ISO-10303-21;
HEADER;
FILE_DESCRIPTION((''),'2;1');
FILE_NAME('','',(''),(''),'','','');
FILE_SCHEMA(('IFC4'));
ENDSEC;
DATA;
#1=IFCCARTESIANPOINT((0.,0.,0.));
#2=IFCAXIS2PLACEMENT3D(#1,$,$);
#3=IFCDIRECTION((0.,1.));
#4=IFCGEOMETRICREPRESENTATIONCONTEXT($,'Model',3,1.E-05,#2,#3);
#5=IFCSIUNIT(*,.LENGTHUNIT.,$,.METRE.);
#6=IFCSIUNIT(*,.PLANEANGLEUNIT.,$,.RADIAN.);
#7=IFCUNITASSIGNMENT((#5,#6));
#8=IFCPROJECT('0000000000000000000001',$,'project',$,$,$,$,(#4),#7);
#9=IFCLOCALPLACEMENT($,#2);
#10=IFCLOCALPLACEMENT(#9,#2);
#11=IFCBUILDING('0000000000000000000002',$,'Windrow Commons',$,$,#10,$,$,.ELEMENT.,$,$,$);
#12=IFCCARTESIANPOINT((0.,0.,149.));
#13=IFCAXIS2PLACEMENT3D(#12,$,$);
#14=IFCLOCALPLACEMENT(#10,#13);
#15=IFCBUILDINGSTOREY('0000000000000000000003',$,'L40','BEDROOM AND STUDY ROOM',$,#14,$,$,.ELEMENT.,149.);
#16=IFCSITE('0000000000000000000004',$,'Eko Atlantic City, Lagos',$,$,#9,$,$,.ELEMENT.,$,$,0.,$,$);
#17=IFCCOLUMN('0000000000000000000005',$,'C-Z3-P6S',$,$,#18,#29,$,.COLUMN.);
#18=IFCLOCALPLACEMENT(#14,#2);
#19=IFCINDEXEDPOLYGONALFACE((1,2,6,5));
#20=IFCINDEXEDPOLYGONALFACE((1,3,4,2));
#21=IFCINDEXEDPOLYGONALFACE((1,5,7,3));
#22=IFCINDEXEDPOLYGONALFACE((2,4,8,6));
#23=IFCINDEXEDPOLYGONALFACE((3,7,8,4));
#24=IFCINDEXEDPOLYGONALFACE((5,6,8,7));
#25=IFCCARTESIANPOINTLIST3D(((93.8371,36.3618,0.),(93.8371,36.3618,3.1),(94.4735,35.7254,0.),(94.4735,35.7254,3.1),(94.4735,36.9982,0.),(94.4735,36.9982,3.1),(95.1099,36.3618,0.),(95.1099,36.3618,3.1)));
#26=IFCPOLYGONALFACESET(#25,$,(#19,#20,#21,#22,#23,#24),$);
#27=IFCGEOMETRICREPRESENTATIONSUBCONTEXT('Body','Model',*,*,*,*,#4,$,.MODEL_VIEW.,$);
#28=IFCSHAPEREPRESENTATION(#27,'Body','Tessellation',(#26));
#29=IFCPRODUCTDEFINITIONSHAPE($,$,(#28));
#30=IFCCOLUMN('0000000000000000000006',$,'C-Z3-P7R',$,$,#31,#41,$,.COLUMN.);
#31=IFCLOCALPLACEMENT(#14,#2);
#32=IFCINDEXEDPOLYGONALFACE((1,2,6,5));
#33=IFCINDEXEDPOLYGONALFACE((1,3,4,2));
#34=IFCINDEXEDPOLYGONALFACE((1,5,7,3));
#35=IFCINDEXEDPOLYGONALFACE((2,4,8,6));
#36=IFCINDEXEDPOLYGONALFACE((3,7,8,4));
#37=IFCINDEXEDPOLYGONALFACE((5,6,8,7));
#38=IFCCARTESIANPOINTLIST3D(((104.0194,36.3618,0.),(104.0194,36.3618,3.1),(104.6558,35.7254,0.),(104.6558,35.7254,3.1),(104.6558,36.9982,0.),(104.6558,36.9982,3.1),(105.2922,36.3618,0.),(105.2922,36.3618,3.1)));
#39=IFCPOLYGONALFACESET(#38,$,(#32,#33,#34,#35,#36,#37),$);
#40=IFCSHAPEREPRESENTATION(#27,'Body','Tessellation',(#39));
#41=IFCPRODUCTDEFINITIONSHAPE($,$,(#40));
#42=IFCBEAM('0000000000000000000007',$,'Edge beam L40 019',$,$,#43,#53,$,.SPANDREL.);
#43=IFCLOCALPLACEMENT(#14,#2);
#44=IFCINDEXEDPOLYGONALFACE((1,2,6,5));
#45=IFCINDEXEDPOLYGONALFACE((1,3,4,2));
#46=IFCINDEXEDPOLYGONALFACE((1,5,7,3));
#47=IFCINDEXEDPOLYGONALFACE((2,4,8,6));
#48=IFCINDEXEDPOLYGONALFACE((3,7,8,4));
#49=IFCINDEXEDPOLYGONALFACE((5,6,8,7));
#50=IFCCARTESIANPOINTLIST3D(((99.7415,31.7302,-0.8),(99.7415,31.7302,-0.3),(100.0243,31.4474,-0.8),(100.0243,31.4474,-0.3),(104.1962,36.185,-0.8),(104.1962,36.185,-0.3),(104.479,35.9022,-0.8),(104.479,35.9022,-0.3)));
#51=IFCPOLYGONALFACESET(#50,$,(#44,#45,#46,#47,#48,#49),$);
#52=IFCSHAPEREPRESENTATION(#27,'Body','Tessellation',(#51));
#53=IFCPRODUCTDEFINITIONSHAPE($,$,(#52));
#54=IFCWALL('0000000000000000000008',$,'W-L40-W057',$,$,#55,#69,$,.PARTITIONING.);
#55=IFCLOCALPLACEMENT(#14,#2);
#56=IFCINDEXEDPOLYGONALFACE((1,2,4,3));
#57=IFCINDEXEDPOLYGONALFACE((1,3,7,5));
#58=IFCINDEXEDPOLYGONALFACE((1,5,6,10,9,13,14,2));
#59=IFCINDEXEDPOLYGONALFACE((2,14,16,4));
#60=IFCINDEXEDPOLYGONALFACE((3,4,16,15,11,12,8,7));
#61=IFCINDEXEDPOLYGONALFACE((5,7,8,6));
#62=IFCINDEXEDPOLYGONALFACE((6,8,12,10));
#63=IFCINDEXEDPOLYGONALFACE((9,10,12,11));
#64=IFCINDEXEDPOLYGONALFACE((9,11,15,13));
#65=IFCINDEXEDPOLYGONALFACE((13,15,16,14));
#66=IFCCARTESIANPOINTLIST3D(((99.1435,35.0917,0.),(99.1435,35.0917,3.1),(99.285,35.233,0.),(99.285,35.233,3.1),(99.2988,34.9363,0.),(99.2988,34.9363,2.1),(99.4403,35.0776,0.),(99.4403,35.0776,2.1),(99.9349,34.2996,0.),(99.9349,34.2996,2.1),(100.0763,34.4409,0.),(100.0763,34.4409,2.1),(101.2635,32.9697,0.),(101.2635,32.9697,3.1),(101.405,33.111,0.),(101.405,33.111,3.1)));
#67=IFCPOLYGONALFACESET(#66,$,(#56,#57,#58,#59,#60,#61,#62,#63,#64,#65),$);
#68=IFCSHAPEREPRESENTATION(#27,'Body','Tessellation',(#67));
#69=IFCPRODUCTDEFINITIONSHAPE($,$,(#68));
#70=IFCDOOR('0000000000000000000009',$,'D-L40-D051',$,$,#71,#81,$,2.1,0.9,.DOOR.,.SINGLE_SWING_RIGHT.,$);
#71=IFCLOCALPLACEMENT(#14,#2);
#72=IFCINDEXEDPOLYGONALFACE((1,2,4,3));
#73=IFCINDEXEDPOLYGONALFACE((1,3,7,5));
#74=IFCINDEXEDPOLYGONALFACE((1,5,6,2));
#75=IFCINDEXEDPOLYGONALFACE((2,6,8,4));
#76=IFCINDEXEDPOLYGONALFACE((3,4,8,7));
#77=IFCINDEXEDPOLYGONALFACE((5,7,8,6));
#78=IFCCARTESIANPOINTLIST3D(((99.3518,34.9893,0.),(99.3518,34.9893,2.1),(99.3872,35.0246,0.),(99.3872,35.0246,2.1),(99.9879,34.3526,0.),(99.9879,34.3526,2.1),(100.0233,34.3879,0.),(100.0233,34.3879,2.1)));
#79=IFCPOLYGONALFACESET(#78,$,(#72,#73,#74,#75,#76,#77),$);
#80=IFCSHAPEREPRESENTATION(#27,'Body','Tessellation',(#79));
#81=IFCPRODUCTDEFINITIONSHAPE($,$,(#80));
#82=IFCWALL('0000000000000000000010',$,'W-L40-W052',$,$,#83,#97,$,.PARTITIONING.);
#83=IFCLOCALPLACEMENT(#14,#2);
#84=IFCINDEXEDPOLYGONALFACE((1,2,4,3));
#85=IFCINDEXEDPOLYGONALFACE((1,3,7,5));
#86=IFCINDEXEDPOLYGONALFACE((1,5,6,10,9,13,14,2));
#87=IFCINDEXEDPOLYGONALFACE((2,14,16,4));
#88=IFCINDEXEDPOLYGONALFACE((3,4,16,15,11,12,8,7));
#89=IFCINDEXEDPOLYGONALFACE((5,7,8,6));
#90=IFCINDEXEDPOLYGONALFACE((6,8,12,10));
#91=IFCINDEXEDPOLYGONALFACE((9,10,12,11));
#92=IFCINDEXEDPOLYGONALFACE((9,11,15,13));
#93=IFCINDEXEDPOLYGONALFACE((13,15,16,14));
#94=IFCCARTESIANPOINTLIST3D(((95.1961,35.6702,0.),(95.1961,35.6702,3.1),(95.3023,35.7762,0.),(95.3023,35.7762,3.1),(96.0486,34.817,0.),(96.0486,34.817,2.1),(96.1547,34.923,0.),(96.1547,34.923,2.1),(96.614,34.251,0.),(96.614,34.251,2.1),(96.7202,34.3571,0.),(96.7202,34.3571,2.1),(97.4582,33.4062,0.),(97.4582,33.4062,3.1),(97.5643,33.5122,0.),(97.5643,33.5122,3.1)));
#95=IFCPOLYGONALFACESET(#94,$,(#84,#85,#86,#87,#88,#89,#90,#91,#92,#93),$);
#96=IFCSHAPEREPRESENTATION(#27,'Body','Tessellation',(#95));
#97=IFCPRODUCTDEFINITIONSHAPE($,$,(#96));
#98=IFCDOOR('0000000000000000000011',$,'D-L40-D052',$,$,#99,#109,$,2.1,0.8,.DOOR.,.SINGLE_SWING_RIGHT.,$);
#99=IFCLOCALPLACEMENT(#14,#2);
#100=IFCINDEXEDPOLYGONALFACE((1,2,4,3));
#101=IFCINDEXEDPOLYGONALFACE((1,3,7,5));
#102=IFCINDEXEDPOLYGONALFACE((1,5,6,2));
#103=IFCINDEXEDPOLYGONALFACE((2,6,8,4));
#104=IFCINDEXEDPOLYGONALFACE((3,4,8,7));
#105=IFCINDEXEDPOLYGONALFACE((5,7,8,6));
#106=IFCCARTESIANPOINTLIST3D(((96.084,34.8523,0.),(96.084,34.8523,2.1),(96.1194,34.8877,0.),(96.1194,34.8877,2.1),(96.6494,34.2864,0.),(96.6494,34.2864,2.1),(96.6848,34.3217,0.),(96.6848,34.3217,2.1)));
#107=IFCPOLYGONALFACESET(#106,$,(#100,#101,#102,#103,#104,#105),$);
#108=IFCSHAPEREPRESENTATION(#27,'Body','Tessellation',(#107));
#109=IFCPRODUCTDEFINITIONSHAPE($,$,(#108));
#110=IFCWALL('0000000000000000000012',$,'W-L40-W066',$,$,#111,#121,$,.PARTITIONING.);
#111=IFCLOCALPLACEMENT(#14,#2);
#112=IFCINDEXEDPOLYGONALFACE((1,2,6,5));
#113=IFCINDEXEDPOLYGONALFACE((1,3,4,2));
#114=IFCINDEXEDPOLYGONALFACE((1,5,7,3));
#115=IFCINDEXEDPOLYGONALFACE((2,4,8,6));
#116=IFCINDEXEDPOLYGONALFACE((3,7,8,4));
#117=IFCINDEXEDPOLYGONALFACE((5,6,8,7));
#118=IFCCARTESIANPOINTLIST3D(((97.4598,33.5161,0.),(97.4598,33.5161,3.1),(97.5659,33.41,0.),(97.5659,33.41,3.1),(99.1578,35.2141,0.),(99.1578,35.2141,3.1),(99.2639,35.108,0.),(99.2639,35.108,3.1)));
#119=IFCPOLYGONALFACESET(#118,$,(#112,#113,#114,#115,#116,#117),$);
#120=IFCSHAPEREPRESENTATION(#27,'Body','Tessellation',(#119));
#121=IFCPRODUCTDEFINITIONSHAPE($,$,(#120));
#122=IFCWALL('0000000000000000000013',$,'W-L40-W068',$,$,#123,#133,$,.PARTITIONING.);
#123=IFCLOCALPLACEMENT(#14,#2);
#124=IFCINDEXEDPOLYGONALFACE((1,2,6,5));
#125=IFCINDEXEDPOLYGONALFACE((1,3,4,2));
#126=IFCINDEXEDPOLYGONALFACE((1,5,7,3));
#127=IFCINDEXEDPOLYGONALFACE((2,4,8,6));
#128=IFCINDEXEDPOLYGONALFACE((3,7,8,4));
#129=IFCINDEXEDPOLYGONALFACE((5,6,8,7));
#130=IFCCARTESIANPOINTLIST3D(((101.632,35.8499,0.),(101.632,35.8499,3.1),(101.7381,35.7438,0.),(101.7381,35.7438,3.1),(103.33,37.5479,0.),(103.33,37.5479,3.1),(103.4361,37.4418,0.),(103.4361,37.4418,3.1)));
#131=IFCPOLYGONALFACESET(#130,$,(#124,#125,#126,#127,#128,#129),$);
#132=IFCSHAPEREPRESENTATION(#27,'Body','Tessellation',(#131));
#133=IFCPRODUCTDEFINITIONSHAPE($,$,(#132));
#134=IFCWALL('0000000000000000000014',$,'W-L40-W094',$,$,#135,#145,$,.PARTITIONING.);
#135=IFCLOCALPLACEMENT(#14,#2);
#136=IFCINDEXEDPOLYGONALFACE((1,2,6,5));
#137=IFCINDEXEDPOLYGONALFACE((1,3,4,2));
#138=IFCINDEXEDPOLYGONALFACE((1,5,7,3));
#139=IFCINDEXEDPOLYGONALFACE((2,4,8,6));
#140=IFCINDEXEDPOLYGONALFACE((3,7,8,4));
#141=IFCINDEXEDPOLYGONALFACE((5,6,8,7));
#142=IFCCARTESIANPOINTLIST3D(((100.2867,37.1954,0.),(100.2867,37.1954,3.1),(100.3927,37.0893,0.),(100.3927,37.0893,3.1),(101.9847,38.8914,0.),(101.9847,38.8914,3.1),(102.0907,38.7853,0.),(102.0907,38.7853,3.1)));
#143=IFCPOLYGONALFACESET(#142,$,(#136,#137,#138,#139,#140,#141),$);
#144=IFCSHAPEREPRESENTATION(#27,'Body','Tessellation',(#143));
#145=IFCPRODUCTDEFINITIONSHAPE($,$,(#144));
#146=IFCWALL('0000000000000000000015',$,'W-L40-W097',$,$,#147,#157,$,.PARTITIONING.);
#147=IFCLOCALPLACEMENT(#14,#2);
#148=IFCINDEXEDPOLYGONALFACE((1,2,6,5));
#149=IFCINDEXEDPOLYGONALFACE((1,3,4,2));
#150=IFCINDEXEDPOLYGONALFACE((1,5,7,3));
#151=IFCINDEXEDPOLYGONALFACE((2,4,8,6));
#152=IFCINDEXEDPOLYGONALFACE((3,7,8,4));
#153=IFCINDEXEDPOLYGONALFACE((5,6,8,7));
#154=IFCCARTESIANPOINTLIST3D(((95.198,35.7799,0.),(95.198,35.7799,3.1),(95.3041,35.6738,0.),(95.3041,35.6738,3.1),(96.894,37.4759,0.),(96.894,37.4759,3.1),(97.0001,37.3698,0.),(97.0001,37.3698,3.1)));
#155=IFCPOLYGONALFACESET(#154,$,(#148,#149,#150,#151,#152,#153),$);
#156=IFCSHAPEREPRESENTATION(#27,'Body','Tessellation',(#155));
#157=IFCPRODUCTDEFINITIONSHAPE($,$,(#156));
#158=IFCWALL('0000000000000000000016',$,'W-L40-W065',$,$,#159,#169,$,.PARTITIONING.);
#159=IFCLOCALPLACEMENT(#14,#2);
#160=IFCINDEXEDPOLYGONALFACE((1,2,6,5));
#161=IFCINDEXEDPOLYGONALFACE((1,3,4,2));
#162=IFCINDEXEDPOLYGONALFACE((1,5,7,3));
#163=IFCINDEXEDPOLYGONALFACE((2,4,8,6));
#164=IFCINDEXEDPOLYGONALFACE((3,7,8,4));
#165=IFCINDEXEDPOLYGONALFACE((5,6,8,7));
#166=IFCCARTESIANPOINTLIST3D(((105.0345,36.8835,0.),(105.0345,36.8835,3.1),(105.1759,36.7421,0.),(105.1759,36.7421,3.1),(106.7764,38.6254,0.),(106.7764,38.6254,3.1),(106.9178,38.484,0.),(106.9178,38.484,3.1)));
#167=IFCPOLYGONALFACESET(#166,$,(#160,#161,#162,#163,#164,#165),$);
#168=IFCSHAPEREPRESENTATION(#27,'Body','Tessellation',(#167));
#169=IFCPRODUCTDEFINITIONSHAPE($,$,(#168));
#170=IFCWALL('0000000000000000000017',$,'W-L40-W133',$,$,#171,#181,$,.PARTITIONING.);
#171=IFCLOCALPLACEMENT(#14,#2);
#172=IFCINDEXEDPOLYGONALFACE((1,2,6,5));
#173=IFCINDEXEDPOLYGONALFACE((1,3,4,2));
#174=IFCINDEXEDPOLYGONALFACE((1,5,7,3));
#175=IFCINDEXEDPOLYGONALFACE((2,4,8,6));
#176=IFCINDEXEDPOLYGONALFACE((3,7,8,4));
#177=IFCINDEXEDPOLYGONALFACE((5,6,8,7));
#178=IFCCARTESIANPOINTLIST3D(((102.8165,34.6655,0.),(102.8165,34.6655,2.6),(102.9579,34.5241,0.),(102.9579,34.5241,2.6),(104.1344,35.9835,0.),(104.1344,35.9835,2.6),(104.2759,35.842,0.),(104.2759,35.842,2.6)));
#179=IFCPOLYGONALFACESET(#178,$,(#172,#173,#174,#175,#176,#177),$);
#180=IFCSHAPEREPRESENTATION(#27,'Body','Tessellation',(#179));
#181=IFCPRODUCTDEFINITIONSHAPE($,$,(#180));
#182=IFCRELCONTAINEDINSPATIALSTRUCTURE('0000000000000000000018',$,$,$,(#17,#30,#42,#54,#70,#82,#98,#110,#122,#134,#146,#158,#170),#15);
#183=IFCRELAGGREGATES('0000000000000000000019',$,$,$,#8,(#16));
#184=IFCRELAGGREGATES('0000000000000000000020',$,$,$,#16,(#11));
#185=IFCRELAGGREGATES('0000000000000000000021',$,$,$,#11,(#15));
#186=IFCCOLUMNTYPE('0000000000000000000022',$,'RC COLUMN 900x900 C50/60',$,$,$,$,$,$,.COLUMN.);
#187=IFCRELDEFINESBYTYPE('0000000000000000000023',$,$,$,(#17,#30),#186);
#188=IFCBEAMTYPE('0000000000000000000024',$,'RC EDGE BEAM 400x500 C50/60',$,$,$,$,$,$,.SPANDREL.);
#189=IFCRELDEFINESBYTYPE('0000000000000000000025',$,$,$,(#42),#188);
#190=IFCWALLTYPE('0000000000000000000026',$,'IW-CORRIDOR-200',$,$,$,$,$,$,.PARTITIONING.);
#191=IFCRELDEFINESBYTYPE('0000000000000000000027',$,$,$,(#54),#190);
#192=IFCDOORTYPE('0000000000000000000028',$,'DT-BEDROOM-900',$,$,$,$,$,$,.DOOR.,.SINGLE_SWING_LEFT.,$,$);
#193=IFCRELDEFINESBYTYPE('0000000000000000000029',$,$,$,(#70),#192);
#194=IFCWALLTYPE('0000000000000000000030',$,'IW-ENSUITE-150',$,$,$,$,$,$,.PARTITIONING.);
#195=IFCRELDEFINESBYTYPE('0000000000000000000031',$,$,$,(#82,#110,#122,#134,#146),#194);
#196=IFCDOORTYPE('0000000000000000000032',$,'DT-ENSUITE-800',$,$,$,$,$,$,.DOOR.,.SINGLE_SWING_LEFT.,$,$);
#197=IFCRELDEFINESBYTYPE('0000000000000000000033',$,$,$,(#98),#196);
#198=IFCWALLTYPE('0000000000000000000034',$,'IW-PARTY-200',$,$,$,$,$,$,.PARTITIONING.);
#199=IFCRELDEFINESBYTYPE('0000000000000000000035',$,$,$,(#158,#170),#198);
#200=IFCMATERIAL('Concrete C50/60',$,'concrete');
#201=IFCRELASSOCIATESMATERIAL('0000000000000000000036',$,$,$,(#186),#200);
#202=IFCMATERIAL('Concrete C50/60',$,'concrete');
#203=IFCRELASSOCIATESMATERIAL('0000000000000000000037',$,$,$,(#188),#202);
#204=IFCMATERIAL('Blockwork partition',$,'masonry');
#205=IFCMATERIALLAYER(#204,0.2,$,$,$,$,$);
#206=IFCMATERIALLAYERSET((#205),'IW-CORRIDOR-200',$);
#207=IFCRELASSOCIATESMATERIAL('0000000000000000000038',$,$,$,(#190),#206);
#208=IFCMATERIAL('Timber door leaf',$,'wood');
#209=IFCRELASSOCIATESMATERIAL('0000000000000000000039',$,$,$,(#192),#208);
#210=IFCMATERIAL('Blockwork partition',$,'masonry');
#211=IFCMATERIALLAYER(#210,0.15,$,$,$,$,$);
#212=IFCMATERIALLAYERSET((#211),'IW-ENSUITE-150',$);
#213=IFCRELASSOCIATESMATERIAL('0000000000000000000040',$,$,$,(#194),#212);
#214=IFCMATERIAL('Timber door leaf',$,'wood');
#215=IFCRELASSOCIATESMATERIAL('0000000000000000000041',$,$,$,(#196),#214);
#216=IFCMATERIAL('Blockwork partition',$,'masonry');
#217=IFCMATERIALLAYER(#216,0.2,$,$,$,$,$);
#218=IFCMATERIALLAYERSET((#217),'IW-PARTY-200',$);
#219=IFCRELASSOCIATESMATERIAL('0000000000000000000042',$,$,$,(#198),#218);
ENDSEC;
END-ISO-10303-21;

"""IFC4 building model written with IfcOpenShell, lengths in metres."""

from ifc_helpers import new_model, si_unit, direction, frame, frame_2d, origin, origin_2d, place, context, subcontext, project, spatial, rectangle, extrude, material, layer, layer_set, material_profile, profile_set, type_object, element, fill, save


model = new_model("IFC4")

# Units and contexts
model_context = context("Model", 3, precision=1e-05, world=origin(), true_north=direction((0.0, 1.0)))
body_context = subcontext(model_context, "Body", "Model", "MODEL_VIEW")
ifc_project = project(units=[si_unit("LENGTHUNIT", "METRE"), si_unit("PLANEANGLEUNIT", "RADIAN")], contexts=[model_context])

# Site, building, storey
site_placement = place(None, origin())
site = spatial("IfcSite", under=ifc_project, at=site_placement, Name="Eko Atlantic City, Lagos", CompositionType="ELEMENT", RefElevation=0.0)
building_placement = place(site_placement, origin())
building = spatial("IfcBuilding", under=site, at=building_placement, Name="Windrow Commons", CompositionType="ELEMENT")
storey_placement = place(building_placement, frame((0.0, 0.0, 149.0)))
storey = spatial("IfcBuildingStorey", under=building, at=storey_placement, Name="L40", Description="BEDROOM AND STUDY ROOM", CompositionType="ELEMENT", Elevation=149.0)

# Columns
ifc_material_1 = material(Name="Concrete C50/60", Category="concrete")
ifc_material_profile_1 = material_profile(ifc_material_1, rectangle(XDim=0.9, YDim=0.9, at=origin_2d()))
ifc_profile_set_1 = profile_set([ifc_material_profile_1], Name="Concrete C50/60")
column_type = type_object("IfcColumnType", Name="RC COLUMN 900x900 C50/60", PredefinedType="COLUMN", material=ifc_profile_set_1)
for number, where, z_axis, x_axis, name in (
    (1, (94.4735, 36.3618, 0.0), (0.0, 0.0, 1.0), (0.707107, -0.707107, 0.0), "C-Z3-P6S"),
    (2, (104.6558, 36.3618, 0.0), (0.0, 0.0, 1.0), (0.707107, -0.707107, 0.0), "C-Z3-P7R"),
):
    element("IfcColumn", number, at=place(storey_placement, frame(where, z_axis=z_axis, x_axis=x_axis)), inside=storey, type_object=column_type, Name=name, PredefinedType="COLUMN", context=body_context, shape_type="SweptSolid", body=[
        extrude(rectangle(XDim=0.9, YDim=0.9, at=origin_2d()), origin(), (0.0, 0.0, 1.0), 3.1),
    ])

# Beam
ifc_material_2 = material(Name="Concrete C50/60", Category="concrete")
ifc_material_profile_2 = material_profile(ifc_material_2, rectangle(XDim=0.4, YDim=0.5, at=origin_2d()))
ifc_profile_set_2 = profile_set([ifc_material_profile_2], Name="Concrete C50/60")
beam_type = type_object("IfcBeamType", Name="RC EDGE BEAM 400x500 C50/60", PredefinedType="SPANDREL", material=ifc_profile_set_2)
beam_placement = place(storey_placement, frame((104.3376, 36.0436, -0.55), z_axis=(-0.707099, -0.707115, 0.0), x_axis=(0.707115, -0.707099, 0.0)))
element("IfcBeam", 3, at=beam_placement, inside=storey, type_object=beam_type, Name="Edge beam L40 019", PredefinedType="SPANDREL", context=body_context, shape_type="SweptSolid", body=[
    extrude(rectangle(XDim=0.4, YDim=0.5, at=origin_2d()), origin(), (0.0, 0.0, 1.0), 6.3),
])

# Walls, openings, doors
ifc_material_3 = material(Name="Blockwork partition", Category="masonry")
ifc_layer_1 = layer(ifc_material_3, 0.2)
ifc_layer_set_1 = layer_set([ifc_layer_1], Name="IW-CORRIDOR-200")
wall_type_1 = type_object("IfcWallType", Name="IW-CORRIDOR-200", PredefinedType="PARTITIONING", material=ifc_layer_set_1)
wall_1_placement = place(storey_placement, frame((99.2143, 35.1623, 0.0), z_axis=(0.0, 0.0, 1.0), x_axis=(0.706773, -0.70744, 0.0)))
wall_1 = element("IfcWall", 4, at=wall_1_placement, inside=storey, type_object=wall_type_1, Name="W-L40-W057", PredefinedType="PARTITIONING", context=body_context, shape_type="SweptSolid", body=[
    extrude(rectangle(XDim=2.9995, YDim=0.2, at=frame_2d((1.4997, 0.0))), origin(), (0.0, 0.0, 1.0), 3.1),
])
opening_1_placement = place(wall_1_placement, frame((0.2196, 0.0, 0.0)))
opening_1 = element("IfcOpeningElement", 5, at=opening_1_placement, cuts=wall_1, PredefinedType="OPENING", context=body_context, shape_type="SweptSolid", body=[
    extrude(rectangle(XDim=0.9, YDim=2.1, at=frame_2d((0.45, 1.05))), frame((0.0, 0.11, 0.0), z_axis=(0.0, -1.0, 0.0), x_axis=(1.0, 0.0, 0.0)), (0.0, 0.0, 1.0), 0.22),
])
ifc_material_4 = material(Name="Timber door leaf", Category="wood")
door_type_1 = type_object("IfcDoorType", Name="DT-BEDROOM-900", OperationType="SINGLE_SWING_LEFT", PredefinedType="DOOR", material=ifc_material_4)
door_1_placement = place(opening_1_placement, origin())
door_1 = element("IfcDoor", 6, at=door_1_placement, inside=storey, type_object=door_type_1, Name="D-L40-D051", OperationType="SINGLE_SWING_RIGHT", OverallHeight=2.1, OverallWidth=0.9, PredefinedType="DOOR", context=body_context, shape_type="SweptSolid", body=[
    extrude(rectangle(XDim=0.9, YDim=2.1, at=frame_2d((0.45, 1.05))), frame((0.0, 0.025, 0.0), z_axis=(0.0, -1.0, 0.0), x_axis=(1.0, 0.0, 0.0)), (0.0, 0.0, 1.0), 0.05),
])
fill(opening_1, door_1)
ifc_material_5 = material(Name="Blockwork partition", Category="masonry")
ifc_layer_2 = layer(ifc_material_5, 0.15)
ifc_layer_set_2 = layer_set([ifc_layer_2], Name="IW-ENSUITE-150")
wall_type_2 = type_object("IfcWallType", Name="IW-ENSUITE-150", PredefinedType="PARTITIONING", material=ifc_layer_set_2)
wall_2_placement = place(storey_placement, frame((95.2492, 35.7232, 0.0), z_axis=(0.0, 0.0, 1.0), x_axis=(0.706794, -0.707419, 0.0)))
wall_2 = element("IfcWall", 7, at=wall_2_placement, inside=storey, type_object=wall_type_2, Name="W-L40-W052", PredefinedType="PARTITIONING", context=body_context, shape_type="SweptSolid", body=[
    extrude(rectangle(XDim=3.2004, YDim=0.15, at=frame_2d((1.6002, 0.0))), origin(), (0.0, 0.0, 1.0), 3.1),
])
opening_2_placement = place(wall_2_placement, frame((1.2061, 0.0, 0.0)))
opening_2 = element("IfcOpeningElement", 8, at=opening_2_placement, cuts=wall_2, PredefinedType="OPENING", context=body_context, shape_type="SweptSolid", body=[
    extrude(rectangle(XDim=0.8, YDim=2.1, at=frame_2d((0.4, 1.05))), frame((0.0, 0.085, 0.0), z_axis=(0.0, -1.0, 0.0), x_axis=(1.0, 0.0, 0.0)), (0.0, 0.0, 1.0), 0.17),
])
ifc_material_6 = material(Name="Timber door leaf", Category="wood")
door_type_2 = type_object("IfcDoorType", Name="DT-ENSUITE-800", OperationType="SINGLE_SWING_LEFT", PredefinedType="DOOR", material=ifc_material_6)
door_2_placement = place(opening_2_placement, origin())
door_2 = element("IfcDoor", 9, at=door_2_placement, inside=storey, type_object=door_type_2, Name="D-L40-D052", OperationType="SINGLE_SWING_RIGHT", OverallHeight=2.1, OverallWidth=0.8, PredefinedType="DOOR", context=body_context, shape_type="SweptSolid", body=[
    extrude(rectangle(XDim=0.8, YDim=2.1, at=frame_2d((0.4, 1.05))), frame((0.0, 0.025, 0.0), z_axis=(0.0, -1.0, 0.0), x_axis=(1.0, 0.0, 0.0)), (0.0, 0.0, 1.0), 0.05),
])
fill(opening_2, door_2)

# Walls
for number, where, z_axis, x_axis, name in (
    (10, (97.5129, 33.4631, 0.0), (0.0, 0.0, 1.0), (0.707107, 0.707107, 0.0), "W-L40-W066"),
    (11, (101.6851, 35.7969, 0.0), (0.0, 0.0, 1.0), (0.707107, 0.707107, 0.0), "W-L40-W068"),
):
    element("IfcWall", number, at=place(storey_placement, frame(where, z_axis=z_axis, x_axis=x_axis)), inside=storey, type_object=wall_type_2, Name=name, PredefinedType="PARTITIONING", context=body_context, shape_type="SweptSolid", body=[
        extrude(rectangle(XDim=2.4013, YDim=0.15, at=frame_2d((1.2006, 0.0))), origin(), (0.0, 0.0, 1.0), 3.1),
    ])
wall_3_placement = place(storey_placement, frame((100.3397, 37.1423, 0.0), z_axis=(0.0, 0.0, 1.0), x_axis=(0.707523, 0.70669, 0.0)))
element("IfcWall", 12, at=wall_3_placement, inside=storey, type_object=wall_type_2, Name="W-L40-W094", PredefinedType="PARTITIONING", context=body_context, shape_type="SweptSolid", body=[
    extrude(rectangle(XDim=2.3999, YDim=0.15, at=frame_2d((1.2, 0.0))), origin(), (0.0, 0.0, 1.0), 3.1),
])
wall_4_placement = place(storey_placement, frame((95.2511, 35.7269, 0.0), z_axis=(0.0, 0.0, 1.0), x_axis=(0.707107, 0.707107, 0.0)))
element("IfcWall", 13, at=wall_4_placement, inside=storey, type_object=wall_type_2, Name="W-L40-W097", PredefinedType="PARTITIONING", context=body_context, shape_type="SweptSolid", body=[
    extrude(rectangle(XDim=2.3985, YDim=0.15, at=frame_2d((1.1992, 0.0))), origin(), (0.0, 0.0, 1.0), 3.1),
])
ifc_material_7 = material(Name="Blockwork partition", Category="masonry")
ifc_layer_3 = layer(ifc_material_7, 0.2)
ifc_layer_set_3 = layer_set([ifc_layer_3], Name="IW-PARTY-200")
wall_type_3 = type_object("IfcWallType", Name="IW-PARTY-200", PredefinedType="PARTITIONING", material=ifc_layer_set_3)
wall_5_placement = place(storey_placement, frame((105.1052, 36.8128, 0.0), z_axis=(0.0, 0.0, 1.0), x_axis=(0.707107, 0.707107, 0.0)))
element("IfcWall", 14, at=wall_5_placement, inside=storey, type_object=wall_type_3, Name="W-L40-W065", PredefinedType="PARTITIONING", context=body_context, shape_type="SweptSolid", body=[
    extrude(rectangle(XDim=2.4634, YDim=0.2, at=frame_2d((1.2317, 0.0))), origin(), (0.0, 0.0, 1.0), 3.1),
])
wall_6_placement = place(storey_placement, frame((102.8872, 34.5948, 0.0), z_axis=(0.0, 0.0, 1.0), x_axis=(0.707107, 0.707107, 0.0)))
element("IfcWall", 15, at=wall_6_placement, inside=storey, type_object=wall_type_3, Name="W-L40-W133", PredefinedType="PARTITIONING", context=body_context, shape_type="SweptSolid", body=[
    extrude(rectangle(XDim=1.8639, YDim=0.2, at=frame_2d((0.9319, 0.0))), origin(), (0.0, 0.0, 1.0), 2.6),
])

save(model, "model.ifc")
